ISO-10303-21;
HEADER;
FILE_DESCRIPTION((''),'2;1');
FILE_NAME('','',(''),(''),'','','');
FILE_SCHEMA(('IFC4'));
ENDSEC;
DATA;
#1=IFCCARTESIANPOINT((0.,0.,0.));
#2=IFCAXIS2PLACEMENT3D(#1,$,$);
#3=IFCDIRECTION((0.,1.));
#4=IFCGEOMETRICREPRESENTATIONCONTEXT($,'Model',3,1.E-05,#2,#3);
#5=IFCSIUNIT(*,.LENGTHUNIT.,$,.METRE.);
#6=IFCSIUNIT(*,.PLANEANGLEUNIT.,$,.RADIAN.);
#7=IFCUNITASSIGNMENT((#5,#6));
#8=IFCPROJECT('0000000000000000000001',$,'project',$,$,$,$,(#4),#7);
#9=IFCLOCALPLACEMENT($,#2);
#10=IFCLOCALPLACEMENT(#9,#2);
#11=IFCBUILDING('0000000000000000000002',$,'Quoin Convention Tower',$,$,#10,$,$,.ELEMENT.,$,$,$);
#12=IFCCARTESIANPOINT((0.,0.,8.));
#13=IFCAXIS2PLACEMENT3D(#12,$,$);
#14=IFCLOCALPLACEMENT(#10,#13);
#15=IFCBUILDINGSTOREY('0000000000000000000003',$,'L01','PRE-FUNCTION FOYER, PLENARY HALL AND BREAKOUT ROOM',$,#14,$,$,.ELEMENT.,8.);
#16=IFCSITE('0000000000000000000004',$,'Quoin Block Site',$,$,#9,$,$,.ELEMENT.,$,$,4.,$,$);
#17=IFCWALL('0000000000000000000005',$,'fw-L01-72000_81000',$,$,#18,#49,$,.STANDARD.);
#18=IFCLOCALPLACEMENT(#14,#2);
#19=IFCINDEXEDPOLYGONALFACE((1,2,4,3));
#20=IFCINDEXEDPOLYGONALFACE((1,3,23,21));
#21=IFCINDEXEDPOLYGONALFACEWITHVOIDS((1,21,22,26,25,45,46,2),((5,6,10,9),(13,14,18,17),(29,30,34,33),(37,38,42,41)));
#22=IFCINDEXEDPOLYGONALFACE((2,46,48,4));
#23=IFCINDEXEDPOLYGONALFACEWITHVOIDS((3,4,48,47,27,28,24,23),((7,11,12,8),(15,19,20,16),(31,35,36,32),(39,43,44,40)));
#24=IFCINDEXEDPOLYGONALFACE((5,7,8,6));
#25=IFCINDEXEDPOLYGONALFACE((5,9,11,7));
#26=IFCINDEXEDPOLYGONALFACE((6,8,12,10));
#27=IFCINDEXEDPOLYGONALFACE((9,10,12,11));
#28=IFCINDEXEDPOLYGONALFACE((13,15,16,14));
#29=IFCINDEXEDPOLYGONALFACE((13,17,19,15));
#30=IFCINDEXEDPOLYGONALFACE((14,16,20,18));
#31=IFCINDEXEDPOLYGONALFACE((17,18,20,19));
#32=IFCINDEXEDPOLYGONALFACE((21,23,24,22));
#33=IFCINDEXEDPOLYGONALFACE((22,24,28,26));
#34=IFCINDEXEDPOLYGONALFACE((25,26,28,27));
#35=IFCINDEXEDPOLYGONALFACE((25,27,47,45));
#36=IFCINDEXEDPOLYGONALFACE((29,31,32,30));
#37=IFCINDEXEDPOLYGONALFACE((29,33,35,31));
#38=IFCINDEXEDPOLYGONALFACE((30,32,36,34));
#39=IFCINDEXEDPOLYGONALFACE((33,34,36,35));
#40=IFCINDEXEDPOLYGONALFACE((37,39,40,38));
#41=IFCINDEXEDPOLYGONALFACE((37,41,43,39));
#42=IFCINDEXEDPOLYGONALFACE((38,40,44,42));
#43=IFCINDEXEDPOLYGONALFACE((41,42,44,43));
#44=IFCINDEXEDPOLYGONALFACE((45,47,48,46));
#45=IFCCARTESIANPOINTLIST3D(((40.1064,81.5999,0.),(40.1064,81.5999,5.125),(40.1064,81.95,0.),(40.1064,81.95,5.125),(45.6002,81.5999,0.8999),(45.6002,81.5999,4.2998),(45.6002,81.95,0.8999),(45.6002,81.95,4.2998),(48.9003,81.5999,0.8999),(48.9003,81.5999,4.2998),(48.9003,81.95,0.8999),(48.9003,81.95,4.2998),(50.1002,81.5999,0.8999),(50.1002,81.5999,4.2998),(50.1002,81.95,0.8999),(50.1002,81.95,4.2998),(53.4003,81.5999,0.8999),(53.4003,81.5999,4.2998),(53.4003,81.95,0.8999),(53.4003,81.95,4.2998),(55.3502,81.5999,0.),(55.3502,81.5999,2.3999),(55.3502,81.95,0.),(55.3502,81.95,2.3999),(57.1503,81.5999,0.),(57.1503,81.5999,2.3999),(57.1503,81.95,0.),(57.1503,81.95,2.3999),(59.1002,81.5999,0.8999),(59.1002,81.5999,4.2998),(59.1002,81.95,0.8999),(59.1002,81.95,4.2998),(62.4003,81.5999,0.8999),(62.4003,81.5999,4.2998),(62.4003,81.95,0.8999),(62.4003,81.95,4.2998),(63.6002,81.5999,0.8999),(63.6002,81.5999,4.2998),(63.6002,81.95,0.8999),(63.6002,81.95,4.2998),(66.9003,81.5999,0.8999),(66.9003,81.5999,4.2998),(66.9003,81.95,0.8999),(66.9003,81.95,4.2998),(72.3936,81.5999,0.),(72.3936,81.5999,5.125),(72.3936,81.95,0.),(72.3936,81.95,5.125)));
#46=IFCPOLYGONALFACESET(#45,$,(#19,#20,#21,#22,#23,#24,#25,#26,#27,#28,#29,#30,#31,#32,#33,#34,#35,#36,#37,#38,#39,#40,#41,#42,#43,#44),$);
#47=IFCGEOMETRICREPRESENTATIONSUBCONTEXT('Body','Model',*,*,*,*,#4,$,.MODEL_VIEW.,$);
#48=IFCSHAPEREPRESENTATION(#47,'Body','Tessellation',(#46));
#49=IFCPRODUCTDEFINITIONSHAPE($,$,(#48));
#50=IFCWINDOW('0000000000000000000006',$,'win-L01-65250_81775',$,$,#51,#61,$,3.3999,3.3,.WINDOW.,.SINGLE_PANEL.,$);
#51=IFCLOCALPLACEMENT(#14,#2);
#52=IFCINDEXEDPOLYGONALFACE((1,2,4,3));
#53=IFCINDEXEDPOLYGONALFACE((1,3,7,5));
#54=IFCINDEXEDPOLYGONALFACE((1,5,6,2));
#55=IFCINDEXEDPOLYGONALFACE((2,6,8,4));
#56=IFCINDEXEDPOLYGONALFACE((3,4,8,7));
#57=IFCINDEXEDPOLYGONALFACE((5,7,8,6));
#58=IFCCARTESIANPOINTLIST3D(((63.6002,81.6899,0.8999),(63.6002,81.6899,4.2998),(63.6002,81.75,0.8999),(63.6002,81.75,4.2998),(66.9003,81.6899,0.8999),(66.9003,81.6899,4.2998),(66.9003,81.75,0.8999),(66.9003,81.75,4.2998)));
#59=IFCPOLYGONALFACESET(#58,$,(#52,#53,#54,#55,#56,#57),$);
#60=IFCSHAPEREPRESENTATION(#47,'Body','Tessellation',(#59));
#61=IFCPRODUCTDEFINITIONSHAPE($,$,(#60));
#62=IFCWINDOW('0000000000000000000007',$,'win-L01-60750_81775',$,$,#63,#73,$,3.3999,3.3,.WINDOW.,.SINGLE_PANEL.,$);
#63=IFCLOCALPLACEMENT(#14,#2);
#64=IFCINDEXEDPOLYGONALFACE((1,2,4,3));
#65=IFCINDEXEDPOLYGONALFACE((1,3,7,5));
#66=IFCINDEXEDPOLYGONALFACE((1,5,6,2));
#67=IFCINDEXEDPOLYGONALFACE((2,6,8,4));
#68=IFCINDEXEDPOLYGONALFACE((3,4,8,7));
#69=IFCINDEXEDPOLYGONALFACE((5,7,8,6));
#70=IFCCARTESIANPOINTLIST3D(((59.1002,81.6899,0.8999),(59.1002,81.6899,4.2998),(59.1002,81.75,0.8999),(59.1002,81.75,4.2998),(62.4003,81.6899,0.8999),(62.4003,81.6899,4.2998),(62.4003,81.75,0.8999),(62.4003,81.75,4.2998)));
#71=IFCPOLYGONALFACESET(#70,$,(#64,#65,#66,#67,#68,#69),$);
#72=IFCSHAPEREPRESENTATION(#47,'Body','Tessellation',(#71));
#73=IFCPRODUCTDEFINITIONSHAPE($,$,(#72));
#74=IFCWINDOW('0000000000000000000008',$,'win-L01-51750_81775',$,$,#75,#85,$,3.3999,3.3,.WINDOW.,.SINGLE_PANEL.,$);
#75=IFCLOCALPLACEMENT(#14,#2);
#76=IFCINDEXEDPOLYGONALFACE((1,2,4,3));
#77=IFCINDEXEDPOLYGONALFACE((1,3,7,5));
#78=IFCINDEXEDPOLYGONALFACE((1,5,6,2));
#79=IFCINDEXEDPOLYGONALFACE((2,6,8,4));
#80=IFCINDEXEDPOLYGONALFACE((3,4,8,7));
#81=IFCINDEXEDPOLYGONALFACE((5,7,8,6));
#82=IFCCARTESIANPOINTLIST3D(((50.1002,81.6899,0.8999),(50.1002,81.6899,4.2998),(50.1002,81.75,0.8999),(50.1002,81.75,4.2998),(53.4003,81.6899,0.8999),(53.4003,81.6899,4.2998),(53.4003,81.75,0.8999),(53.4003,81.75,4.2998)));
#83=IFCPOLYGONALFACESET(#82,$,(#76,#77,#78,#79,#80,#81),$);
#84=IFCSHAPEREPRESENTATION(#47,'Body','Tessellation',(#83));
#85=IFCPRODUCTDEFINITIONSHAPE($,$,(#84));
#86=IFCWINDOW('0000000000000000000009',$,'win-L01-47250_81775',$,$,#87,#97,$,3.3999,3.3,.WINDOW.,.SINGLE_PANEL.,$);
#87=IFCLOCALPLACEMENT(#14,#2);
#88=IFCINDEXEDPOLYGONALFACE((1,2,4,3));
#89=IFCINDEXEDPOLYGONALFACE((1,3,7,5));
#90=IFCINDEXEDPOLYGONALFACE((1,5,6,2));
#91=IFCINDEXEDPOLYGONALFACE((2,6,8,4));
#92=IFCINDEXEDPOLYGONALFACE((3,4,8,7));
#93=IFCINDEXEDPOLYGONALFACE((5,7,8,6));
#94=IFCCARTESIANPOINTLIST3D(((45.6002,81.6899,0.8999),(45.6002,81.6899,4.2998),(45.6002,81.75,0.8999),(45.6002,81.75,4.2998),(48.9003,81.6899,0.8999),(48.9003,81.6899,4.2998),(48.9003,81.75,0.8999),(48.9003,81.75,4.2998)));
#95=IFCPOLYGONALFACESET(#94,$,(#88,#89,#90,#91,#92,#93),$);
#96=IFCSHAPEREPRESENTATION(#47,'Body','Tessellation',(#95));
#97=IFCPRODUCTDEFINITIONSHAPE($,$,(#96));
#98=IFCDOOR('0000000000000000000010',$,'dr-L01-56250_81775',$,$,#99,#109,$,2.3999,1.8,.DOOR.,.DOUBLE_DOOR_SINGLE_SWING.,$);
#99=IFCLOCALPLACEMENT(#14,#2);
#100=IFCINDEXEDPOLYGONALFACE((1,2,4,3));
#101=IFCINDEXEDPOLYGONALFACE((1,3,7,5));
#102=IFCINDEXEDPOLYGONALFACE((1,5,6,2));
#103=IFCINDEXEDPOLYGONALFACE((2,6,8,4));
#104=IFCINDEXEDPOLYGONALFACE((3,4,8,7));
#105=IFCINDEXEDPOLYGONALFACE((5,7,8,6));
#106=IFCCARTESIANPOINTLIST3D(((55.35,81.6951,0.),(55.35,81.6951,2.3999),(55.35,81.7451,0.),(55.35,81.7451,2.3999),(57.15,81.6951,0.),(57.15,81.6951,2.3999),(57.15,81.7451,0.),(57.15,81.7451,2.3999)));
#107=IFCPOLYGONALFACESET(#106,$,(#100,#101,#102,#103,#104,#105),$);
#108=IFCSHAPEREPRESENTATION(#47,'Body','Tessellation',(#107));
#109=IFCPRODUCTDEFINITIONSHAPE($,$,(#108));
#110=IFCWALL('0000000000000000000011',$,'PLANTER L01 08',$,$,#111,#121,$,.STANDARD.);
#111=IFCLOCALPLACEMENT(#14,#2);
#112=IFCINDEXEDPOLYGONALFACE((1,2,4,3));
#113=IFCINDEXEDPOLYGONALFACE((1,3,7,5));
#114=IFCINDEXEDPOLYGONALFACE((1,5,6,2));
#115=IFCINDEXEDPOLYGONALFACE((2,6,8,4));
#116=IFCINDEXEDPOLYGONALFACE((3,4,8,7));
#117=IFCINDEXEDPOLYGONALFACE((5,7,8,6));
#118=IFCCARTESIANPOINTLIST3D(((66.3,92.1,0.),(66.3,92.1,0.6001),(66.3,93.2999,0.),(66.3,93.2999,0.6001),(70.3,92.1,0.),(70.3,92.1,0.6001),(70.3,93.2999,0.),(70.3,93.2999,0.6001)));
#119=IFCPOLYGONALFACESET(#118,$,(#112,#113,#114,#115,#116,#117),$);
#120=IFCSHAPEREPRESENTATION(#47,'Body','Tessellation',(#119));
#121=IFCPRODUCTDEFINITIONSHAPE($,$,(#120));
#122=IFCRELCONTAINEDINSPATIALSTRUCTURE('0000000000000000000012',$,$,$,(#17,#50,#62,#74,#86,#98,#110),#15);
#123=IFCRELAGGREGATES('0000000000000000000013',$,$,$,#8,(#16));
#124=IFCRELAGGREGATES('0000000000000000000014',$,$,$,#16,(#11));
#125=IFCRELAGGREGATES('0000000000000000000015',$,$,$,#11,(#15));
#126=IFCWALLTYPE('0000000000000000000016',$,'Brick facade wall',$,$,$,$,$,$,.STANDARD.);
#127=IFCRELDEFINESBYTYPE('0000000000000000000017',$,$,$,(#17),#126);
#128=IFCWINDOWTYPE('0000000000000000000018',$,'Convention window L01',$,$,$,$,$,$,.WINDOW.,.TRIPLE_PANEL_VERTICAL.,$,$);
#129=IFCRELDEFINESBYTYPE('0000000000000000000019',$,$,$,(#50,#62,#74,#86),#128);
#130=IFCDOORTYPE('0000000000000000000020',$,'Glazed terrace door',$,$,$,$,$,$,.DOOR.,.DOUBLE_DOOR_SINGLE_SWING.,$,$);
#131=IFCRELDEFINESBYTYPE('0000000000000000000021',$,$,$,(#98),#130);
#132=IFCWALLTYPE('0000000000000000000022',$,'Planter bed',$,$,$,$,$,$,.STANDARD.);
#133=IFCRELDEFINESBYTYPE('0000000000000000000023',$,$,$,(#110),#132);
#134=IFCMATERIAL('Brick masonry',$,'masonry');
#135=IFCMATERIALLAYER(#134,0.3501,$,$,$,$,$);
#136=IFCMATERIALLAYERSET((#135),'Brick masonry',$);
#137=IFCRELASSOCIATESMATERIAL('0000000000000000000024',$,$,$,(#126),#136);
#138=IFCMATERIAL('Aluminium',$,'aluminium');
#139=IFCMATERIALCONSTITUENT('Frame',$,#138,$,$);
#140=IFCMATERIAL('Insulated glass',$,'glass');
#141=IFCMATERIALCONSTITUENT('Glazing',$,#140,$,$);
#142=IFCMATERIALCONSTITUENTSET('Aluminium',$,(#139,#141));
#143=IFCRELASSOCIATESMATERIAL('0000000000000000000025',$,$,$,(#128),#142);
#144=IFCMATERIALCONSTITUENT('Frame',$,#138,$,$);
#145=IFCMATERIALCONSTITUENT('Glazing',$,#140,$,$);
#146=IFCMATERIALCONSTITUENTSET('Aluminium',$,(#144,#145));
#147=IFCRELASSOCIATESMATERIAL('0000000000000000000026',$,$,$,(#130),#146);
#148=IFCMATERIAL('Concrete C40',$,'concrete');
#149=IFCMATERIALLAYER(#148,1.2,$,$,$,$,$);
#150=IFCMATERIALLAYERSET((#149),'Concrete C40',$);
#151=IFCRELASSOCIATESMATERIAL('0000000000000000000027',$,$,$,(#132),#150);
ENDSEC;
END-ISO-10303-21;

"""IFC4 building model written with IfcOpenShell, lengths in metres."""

from ifc_helpers import new_model, si_unit, direction, frame, frame_2d, origin, place, context, subcontext, project, spatial, rectangle, extrude, material, layer, layer_set, constituent, constituent_set, type_object, element, fill, save


model = new_model("IFC4")

# Units and contexts
model_context = context("Model", 3, precision=1e-05, world=origin(), true_north=direction((0.0, 1.0)))
body_context = subcontext(model_context, "Body", "Model", "MODEL_VIEW")
ifc_project = project(units=[si_unit("LENGTHUNIT", "METRE"), si_unit("PLANEANGLEUNIT", "RADIAN")], contexts=[model_context])

# Site, building, storey
site_placement = place(None, origin())
site = spatial("IfcSite", under=ifc_project, at=site_placement, Name="Quoin Block Site", CompositionType="ELEMENT", RefElevation=4.0)
building_placement = place(site_placement, origin())
building = spatial("IfcBuilding", under=site, at=building_placement, Name="Quoin Convention Tower", CompositionType="ELEMENT")
storey_placement = place(building_placement, frame((0.0, 0.0, 8.0)))
storey = spatial("IfcBuildingStorey", under=building, at=storey_placement, Name="L01", Description="PRE-FUNCTION FOYER, PLENARY HALL AND BREAKOUT ROOM", CompositionType="ELEMENT", Elevation=8.0)

# Wall, openings, windows, door
ifc_material_1 = material(Name="Brick masonry", Category="masonry")
ifc_layer_1 = layer(ifc_material_1, 0.3501)
ifc_layer_set_1 = layer_set([ifc_layer_1], Name="Brick masonry")
wall_type_1 = type_object("IfcWallType", Name="Brick facade wall", PredefinedType="STANDARD", material=ifc_layer_set_1)
wall_1_placement = place(storey_placement, frame((72.3936, 81.7749, 0.0), z_axis=(0.0, 0.0, 1.0), x_axis=(-1.0, 0.0, 0.0)))
wall_1 = element("IfcWall", 1, at=wall_1_placement, inside=storey, type_object=wall_type_1, Name="fw-L01-72000_81000", PredefinedType="STANDARD", context=body_context, shape_type="SweptSolid", body=[
    extrude(rectangle(XDim=32.2871, YDim=0.3501, at=frame_2d((16.1436, 0.0))), origin(), (0.0, 0.0, 1.0), 5.125),
])
opening_1_placement = place(wall_1_placement, frame((5.4934, 0.0, 0.8999)))
opening_1 = element("IfcOpeningElement", 2, at=opening_1_placement, cuts=wall_1, PredefinedType="OPENING", context=body_context, shape_type="SweptSolid", body=[
    extrude(rectangle(XDim=3.3, YDim=3.3999, at=frame_2d((1.6499, 1.7))), frame((0.0, 0.1851, 0.0), z_axis=(0.0, -1.0, 0.0), x_axis=(1.0, 0.0, 0.0)), (0.0, 0.0, 1.0), 0.3701),
])
opening_2_placement = place(wall_1_placement, frame((9.9934, 0.0, 0.8999)))
opening_2 = element("IfcOpeningElement", 3, at=opening_2_placement, cuts=wall_1, PredefinedType="OPENING", context=body_context, shape_type="SweptSolid", body=[
    extrude(rectangle(XDim=3.3, YDim=3.3999, at=frame_2d((1.6499, 1.7))), frame((0.0, 0.1851, 0.0), z_axis=(0.0, -1.0, 0.0), x_axis=(1.0, 0.0, 0.0)), (0.0, 0.0, 1.0), 0.3701),
])
opening_3_placement = place(wall_1_placement, frame((15.2434, 0.0, 0.0)))
opening_3 = element("IfcOpeningElement", 4, at=opening_3_placement, cuts=wall_1, PredefinedType="OPENING", context=body_context, shape_type="SweptSolid", body=[
    extrude(rectangle(XDim=1.8, YDim=2.3999, at=frame_2d((0.8999, 1.2))), frame((0.0, 0.1851, 0.0), z_axis=(0.0, -1.0, 0.0), x_axis=(1.0, 0.0, 0.0)), (0.0, 0.0, 1.0), 0.3701),
])
opening_4_placement = place(wall_1_placement, frame((18.9934, 0.0, 0.8999)))
opening_4 = element("IfcOpeningElement", 5, at=opening_4_placement, cuts=wall_1, PredefinedType="OPENING", context=body_context, shape_type="SweptSolid", body=[
    extrude(rectangle(XDim=3.3, YDim=3.3999, at=frame_2d((1.6499, 1.7))), frame((0.0, 0.1851, 0.0), z_axis=(0.0, -1.0, 0.0), x_axis=(1.0, 0.0, 0.0)), (0.0, 0.0, 1.0), 0.3701),
])
opening_5_placement = place(wall_1_placement, frame((23.4934, 0.0, 0.8999)))
opening_5 = element("IfcOpeningElement", 6, at=opening_5_placement, cuts=wall_1, PredefinedType="OPENING", context=body_context, shape_type="SweptSolid", body=[
    extrude(rectangle(XDim=3.3, YDim=3.3999, at=frame_2d((1.6499, 1.7))), frame((0.0, 0.1851, 0.0), z_axis=(0.0, -1.0, 0.0), x_axis=(1.0, 0.0, 0.0)), (0.0, 0.0, 1.0), 0.3701),
])
ifc_material_2 = material(Name="Aluminium", Category="aluminium")
ifc_constituent_1 = constituent(ifc_material_2, Name="Frame")
ifc_material_3 = material(Name="Insulated glass", Category="glass")
ifc_constituent_2 = constituent(ifc_material_3, Name="Glazing")
ifc_constituent_set_1 = constituent_set(constituents=[ifc_constituent_1, ifc_constituent_2], Name="Aluminium")
window_type = type_object("IfcWindowType", Name="Convention window L01", PartitioningType="TRIPLE_PANEL_VERTICAL", PredefinedType="WINDOW", material=ifc_constituent_set_1)
window_1_placement = place(opening_1_placement, origin())
window_1 = element("IfcWindow", 7, at=window_1_placement, inside=storey, type_object=window_type, Name="win-L01-65250_81775", OverallHeight=3.3999, OverallWidth=3.3, PartitioningType="SINGLE_PANEL", PredefinedType="WINDOW", context=body_context, shape_type="SweptSolid", body=[
    extrude(rectangle(XDim=3.3, YDim=3.3999, at=frame_2d((1.6499, 1.7))), frame((0.0, 0.085, 0.0), z_axis=(0.0, -1.0, 0.0), x_axis=(1.0, 0.0, 0.0)), (0.0, 0.0, 1.0), 0.0601),
])
fill(opening_1, window_1)
window_2_placement = place(opening_2_placement, origin())
window_2 = element("IfcWindow", 8, at=window_2_placement, inside=storey, type_object=window_type, Name="win-L01-60750_81775", OverallHeight=3.3999, OverallWidth=3.3, PartitioningType="SINGLE_PANEL", PredefinedType="WINDOW", context=body_context, shape_type="SweptSolid", body=[
    extrude(rectangle(XDim=3.3, YDim=3.3999, at=frame_2d((1.6499, 1.7))), frame((0.0, 0.085, 0.0), z_axis=(0.0, -1.0, 0.0), x_axis=(1.0, 0.0, 0.0)), (0.0, 0.0, 1.0), 0.0601),
])
fill(opening_2, window_2)
window_3_placement = place(opening_4_placement, origin())
window_3 = element("IfcWindow", 9, at=window_3_placement, inside=storey, type_object=window_type, Name="win-L01-51750_81775", OverallHeight=3.3999, OverallWidth=3.3, PartitioningType="SINGLE_PANEL", PredefinedType="WINDOW", context=body_context, shape_type="SweptSolid", body=[
    extrude(rectangle(XDim=3.3, YDim=3.3999, at=frame_2d((1.6499, 1.7))), frame((0.0, 0.085, 0.0), z_axis=(0.0, -1.0, 0.0), x_axis=(1.0, 0.0, 0.0)), (0.0, 0.0, 1.0), 0.0601),
])
fill(opening_4, window_3)
window_4_placement = place(opening_5_placement, origin())
window_4 = element("IfcWindow", 10, at=window_4_placement, inside=storey, type_object=window_type, Name="win-L01-47250_81775", OverallHeight=3.3999, OverallWidth=3.3, PartitioningType="SINGLE_PANEL", PredefinedType="WINDOW", context=body_context, shape_type="SweptSolid", body=[
    extrude(rectangle(XDim=3.3, YDim=3.3999, at=frame_2d((1.6499, 1.7))), frame((0.0, 0.085, 0.0), z_axis=(0.0, -1.0, 0.0), x_axis=(1.0, 0.0, 0.0)), (0.0, 0.0, 1.0), 0.0601),
])
fill(opening_5, window_4)
ifc_constituent_3 = constituent(ifc_material_2, Name="Frame")
ifc_constituent_4 = constituent(ifc_material_3, Name="Glazing")
ifc_constituent_set_2 = constituent_set(constituents=[ifc_constituent_3, ifc_constituent_4], Name="Aluminium")
door_type = type_object("IfcDoorType", Name="Glazed terrace door", OperationType="DOUBLE_DOOR_SINGLE_SWING", PredefinedType="DOOR", material=ifc_constituent_set_2)
door_placement = place(opening_3_placement, frame((1.8, 0.0, 0.0), z_axis=(0.0, 0.0, 1.0), x_axis=(-1.0, 0.0, 0.0)))
door = element("IfcDoor", 11, at=door_placement, inside=storey, type_object=door_type, Name="dr-L01-56250_81775", OperationType="DOUBLE_DOOR_SINGLE_SWING", OverallHeight=2.3999, OverallWidth=1.8, PredefinedType="DOOR", context=body_context, shape_type="SweptSolid", body=[
    extrude(rectangle(XDim=1.8, YDim=2.3999, at=frame_2d((0.8999, 1.2))), frame((0.0, -0.0298, 0.0), z_axis=(0.0, -1.0, 0.0), x_axis=(1.0, 0.0, 0.0)), (0.0, 0.0, 1.0), 0.05),
])
fill(opening_3, door)

# Wall
ifc_material_4 = material(Name="Concrete C40", Category="concrete")
ifc_layer_2 = layer(ifc_material_4, 1.2)
ifc_layer_set_2 = layer_set([ifc_layer_2], Name="Concrete C40")
wall_type_2 = type_object("IfcWallType", Name="Planter bed", PredefinedType="STANDARD", material=ifc_layer_set_2)
wall_2_placement = place(storey_placement, frame((66.3, 92.7, 0.0), z_axis=(0.0, 0.0, 1.0), x_axis=(1.0, 0.0, 0.0)))
element("IfcWall", 12, at=wall_2_placement, inside=storey, type_object=wall_type_2, Name="PLANTER L01 08", PredefinedType="STANDARD", context=body_context, shape_type="SweptSolid", body=[
    extrude(rectangle(XDim=4.0, YDim=1.2, at=frame_2d((2.0, 0.0))), origin(), (0.0, 0.0, 1.0), 0.6001),
])

save(model, "model.ifc")
